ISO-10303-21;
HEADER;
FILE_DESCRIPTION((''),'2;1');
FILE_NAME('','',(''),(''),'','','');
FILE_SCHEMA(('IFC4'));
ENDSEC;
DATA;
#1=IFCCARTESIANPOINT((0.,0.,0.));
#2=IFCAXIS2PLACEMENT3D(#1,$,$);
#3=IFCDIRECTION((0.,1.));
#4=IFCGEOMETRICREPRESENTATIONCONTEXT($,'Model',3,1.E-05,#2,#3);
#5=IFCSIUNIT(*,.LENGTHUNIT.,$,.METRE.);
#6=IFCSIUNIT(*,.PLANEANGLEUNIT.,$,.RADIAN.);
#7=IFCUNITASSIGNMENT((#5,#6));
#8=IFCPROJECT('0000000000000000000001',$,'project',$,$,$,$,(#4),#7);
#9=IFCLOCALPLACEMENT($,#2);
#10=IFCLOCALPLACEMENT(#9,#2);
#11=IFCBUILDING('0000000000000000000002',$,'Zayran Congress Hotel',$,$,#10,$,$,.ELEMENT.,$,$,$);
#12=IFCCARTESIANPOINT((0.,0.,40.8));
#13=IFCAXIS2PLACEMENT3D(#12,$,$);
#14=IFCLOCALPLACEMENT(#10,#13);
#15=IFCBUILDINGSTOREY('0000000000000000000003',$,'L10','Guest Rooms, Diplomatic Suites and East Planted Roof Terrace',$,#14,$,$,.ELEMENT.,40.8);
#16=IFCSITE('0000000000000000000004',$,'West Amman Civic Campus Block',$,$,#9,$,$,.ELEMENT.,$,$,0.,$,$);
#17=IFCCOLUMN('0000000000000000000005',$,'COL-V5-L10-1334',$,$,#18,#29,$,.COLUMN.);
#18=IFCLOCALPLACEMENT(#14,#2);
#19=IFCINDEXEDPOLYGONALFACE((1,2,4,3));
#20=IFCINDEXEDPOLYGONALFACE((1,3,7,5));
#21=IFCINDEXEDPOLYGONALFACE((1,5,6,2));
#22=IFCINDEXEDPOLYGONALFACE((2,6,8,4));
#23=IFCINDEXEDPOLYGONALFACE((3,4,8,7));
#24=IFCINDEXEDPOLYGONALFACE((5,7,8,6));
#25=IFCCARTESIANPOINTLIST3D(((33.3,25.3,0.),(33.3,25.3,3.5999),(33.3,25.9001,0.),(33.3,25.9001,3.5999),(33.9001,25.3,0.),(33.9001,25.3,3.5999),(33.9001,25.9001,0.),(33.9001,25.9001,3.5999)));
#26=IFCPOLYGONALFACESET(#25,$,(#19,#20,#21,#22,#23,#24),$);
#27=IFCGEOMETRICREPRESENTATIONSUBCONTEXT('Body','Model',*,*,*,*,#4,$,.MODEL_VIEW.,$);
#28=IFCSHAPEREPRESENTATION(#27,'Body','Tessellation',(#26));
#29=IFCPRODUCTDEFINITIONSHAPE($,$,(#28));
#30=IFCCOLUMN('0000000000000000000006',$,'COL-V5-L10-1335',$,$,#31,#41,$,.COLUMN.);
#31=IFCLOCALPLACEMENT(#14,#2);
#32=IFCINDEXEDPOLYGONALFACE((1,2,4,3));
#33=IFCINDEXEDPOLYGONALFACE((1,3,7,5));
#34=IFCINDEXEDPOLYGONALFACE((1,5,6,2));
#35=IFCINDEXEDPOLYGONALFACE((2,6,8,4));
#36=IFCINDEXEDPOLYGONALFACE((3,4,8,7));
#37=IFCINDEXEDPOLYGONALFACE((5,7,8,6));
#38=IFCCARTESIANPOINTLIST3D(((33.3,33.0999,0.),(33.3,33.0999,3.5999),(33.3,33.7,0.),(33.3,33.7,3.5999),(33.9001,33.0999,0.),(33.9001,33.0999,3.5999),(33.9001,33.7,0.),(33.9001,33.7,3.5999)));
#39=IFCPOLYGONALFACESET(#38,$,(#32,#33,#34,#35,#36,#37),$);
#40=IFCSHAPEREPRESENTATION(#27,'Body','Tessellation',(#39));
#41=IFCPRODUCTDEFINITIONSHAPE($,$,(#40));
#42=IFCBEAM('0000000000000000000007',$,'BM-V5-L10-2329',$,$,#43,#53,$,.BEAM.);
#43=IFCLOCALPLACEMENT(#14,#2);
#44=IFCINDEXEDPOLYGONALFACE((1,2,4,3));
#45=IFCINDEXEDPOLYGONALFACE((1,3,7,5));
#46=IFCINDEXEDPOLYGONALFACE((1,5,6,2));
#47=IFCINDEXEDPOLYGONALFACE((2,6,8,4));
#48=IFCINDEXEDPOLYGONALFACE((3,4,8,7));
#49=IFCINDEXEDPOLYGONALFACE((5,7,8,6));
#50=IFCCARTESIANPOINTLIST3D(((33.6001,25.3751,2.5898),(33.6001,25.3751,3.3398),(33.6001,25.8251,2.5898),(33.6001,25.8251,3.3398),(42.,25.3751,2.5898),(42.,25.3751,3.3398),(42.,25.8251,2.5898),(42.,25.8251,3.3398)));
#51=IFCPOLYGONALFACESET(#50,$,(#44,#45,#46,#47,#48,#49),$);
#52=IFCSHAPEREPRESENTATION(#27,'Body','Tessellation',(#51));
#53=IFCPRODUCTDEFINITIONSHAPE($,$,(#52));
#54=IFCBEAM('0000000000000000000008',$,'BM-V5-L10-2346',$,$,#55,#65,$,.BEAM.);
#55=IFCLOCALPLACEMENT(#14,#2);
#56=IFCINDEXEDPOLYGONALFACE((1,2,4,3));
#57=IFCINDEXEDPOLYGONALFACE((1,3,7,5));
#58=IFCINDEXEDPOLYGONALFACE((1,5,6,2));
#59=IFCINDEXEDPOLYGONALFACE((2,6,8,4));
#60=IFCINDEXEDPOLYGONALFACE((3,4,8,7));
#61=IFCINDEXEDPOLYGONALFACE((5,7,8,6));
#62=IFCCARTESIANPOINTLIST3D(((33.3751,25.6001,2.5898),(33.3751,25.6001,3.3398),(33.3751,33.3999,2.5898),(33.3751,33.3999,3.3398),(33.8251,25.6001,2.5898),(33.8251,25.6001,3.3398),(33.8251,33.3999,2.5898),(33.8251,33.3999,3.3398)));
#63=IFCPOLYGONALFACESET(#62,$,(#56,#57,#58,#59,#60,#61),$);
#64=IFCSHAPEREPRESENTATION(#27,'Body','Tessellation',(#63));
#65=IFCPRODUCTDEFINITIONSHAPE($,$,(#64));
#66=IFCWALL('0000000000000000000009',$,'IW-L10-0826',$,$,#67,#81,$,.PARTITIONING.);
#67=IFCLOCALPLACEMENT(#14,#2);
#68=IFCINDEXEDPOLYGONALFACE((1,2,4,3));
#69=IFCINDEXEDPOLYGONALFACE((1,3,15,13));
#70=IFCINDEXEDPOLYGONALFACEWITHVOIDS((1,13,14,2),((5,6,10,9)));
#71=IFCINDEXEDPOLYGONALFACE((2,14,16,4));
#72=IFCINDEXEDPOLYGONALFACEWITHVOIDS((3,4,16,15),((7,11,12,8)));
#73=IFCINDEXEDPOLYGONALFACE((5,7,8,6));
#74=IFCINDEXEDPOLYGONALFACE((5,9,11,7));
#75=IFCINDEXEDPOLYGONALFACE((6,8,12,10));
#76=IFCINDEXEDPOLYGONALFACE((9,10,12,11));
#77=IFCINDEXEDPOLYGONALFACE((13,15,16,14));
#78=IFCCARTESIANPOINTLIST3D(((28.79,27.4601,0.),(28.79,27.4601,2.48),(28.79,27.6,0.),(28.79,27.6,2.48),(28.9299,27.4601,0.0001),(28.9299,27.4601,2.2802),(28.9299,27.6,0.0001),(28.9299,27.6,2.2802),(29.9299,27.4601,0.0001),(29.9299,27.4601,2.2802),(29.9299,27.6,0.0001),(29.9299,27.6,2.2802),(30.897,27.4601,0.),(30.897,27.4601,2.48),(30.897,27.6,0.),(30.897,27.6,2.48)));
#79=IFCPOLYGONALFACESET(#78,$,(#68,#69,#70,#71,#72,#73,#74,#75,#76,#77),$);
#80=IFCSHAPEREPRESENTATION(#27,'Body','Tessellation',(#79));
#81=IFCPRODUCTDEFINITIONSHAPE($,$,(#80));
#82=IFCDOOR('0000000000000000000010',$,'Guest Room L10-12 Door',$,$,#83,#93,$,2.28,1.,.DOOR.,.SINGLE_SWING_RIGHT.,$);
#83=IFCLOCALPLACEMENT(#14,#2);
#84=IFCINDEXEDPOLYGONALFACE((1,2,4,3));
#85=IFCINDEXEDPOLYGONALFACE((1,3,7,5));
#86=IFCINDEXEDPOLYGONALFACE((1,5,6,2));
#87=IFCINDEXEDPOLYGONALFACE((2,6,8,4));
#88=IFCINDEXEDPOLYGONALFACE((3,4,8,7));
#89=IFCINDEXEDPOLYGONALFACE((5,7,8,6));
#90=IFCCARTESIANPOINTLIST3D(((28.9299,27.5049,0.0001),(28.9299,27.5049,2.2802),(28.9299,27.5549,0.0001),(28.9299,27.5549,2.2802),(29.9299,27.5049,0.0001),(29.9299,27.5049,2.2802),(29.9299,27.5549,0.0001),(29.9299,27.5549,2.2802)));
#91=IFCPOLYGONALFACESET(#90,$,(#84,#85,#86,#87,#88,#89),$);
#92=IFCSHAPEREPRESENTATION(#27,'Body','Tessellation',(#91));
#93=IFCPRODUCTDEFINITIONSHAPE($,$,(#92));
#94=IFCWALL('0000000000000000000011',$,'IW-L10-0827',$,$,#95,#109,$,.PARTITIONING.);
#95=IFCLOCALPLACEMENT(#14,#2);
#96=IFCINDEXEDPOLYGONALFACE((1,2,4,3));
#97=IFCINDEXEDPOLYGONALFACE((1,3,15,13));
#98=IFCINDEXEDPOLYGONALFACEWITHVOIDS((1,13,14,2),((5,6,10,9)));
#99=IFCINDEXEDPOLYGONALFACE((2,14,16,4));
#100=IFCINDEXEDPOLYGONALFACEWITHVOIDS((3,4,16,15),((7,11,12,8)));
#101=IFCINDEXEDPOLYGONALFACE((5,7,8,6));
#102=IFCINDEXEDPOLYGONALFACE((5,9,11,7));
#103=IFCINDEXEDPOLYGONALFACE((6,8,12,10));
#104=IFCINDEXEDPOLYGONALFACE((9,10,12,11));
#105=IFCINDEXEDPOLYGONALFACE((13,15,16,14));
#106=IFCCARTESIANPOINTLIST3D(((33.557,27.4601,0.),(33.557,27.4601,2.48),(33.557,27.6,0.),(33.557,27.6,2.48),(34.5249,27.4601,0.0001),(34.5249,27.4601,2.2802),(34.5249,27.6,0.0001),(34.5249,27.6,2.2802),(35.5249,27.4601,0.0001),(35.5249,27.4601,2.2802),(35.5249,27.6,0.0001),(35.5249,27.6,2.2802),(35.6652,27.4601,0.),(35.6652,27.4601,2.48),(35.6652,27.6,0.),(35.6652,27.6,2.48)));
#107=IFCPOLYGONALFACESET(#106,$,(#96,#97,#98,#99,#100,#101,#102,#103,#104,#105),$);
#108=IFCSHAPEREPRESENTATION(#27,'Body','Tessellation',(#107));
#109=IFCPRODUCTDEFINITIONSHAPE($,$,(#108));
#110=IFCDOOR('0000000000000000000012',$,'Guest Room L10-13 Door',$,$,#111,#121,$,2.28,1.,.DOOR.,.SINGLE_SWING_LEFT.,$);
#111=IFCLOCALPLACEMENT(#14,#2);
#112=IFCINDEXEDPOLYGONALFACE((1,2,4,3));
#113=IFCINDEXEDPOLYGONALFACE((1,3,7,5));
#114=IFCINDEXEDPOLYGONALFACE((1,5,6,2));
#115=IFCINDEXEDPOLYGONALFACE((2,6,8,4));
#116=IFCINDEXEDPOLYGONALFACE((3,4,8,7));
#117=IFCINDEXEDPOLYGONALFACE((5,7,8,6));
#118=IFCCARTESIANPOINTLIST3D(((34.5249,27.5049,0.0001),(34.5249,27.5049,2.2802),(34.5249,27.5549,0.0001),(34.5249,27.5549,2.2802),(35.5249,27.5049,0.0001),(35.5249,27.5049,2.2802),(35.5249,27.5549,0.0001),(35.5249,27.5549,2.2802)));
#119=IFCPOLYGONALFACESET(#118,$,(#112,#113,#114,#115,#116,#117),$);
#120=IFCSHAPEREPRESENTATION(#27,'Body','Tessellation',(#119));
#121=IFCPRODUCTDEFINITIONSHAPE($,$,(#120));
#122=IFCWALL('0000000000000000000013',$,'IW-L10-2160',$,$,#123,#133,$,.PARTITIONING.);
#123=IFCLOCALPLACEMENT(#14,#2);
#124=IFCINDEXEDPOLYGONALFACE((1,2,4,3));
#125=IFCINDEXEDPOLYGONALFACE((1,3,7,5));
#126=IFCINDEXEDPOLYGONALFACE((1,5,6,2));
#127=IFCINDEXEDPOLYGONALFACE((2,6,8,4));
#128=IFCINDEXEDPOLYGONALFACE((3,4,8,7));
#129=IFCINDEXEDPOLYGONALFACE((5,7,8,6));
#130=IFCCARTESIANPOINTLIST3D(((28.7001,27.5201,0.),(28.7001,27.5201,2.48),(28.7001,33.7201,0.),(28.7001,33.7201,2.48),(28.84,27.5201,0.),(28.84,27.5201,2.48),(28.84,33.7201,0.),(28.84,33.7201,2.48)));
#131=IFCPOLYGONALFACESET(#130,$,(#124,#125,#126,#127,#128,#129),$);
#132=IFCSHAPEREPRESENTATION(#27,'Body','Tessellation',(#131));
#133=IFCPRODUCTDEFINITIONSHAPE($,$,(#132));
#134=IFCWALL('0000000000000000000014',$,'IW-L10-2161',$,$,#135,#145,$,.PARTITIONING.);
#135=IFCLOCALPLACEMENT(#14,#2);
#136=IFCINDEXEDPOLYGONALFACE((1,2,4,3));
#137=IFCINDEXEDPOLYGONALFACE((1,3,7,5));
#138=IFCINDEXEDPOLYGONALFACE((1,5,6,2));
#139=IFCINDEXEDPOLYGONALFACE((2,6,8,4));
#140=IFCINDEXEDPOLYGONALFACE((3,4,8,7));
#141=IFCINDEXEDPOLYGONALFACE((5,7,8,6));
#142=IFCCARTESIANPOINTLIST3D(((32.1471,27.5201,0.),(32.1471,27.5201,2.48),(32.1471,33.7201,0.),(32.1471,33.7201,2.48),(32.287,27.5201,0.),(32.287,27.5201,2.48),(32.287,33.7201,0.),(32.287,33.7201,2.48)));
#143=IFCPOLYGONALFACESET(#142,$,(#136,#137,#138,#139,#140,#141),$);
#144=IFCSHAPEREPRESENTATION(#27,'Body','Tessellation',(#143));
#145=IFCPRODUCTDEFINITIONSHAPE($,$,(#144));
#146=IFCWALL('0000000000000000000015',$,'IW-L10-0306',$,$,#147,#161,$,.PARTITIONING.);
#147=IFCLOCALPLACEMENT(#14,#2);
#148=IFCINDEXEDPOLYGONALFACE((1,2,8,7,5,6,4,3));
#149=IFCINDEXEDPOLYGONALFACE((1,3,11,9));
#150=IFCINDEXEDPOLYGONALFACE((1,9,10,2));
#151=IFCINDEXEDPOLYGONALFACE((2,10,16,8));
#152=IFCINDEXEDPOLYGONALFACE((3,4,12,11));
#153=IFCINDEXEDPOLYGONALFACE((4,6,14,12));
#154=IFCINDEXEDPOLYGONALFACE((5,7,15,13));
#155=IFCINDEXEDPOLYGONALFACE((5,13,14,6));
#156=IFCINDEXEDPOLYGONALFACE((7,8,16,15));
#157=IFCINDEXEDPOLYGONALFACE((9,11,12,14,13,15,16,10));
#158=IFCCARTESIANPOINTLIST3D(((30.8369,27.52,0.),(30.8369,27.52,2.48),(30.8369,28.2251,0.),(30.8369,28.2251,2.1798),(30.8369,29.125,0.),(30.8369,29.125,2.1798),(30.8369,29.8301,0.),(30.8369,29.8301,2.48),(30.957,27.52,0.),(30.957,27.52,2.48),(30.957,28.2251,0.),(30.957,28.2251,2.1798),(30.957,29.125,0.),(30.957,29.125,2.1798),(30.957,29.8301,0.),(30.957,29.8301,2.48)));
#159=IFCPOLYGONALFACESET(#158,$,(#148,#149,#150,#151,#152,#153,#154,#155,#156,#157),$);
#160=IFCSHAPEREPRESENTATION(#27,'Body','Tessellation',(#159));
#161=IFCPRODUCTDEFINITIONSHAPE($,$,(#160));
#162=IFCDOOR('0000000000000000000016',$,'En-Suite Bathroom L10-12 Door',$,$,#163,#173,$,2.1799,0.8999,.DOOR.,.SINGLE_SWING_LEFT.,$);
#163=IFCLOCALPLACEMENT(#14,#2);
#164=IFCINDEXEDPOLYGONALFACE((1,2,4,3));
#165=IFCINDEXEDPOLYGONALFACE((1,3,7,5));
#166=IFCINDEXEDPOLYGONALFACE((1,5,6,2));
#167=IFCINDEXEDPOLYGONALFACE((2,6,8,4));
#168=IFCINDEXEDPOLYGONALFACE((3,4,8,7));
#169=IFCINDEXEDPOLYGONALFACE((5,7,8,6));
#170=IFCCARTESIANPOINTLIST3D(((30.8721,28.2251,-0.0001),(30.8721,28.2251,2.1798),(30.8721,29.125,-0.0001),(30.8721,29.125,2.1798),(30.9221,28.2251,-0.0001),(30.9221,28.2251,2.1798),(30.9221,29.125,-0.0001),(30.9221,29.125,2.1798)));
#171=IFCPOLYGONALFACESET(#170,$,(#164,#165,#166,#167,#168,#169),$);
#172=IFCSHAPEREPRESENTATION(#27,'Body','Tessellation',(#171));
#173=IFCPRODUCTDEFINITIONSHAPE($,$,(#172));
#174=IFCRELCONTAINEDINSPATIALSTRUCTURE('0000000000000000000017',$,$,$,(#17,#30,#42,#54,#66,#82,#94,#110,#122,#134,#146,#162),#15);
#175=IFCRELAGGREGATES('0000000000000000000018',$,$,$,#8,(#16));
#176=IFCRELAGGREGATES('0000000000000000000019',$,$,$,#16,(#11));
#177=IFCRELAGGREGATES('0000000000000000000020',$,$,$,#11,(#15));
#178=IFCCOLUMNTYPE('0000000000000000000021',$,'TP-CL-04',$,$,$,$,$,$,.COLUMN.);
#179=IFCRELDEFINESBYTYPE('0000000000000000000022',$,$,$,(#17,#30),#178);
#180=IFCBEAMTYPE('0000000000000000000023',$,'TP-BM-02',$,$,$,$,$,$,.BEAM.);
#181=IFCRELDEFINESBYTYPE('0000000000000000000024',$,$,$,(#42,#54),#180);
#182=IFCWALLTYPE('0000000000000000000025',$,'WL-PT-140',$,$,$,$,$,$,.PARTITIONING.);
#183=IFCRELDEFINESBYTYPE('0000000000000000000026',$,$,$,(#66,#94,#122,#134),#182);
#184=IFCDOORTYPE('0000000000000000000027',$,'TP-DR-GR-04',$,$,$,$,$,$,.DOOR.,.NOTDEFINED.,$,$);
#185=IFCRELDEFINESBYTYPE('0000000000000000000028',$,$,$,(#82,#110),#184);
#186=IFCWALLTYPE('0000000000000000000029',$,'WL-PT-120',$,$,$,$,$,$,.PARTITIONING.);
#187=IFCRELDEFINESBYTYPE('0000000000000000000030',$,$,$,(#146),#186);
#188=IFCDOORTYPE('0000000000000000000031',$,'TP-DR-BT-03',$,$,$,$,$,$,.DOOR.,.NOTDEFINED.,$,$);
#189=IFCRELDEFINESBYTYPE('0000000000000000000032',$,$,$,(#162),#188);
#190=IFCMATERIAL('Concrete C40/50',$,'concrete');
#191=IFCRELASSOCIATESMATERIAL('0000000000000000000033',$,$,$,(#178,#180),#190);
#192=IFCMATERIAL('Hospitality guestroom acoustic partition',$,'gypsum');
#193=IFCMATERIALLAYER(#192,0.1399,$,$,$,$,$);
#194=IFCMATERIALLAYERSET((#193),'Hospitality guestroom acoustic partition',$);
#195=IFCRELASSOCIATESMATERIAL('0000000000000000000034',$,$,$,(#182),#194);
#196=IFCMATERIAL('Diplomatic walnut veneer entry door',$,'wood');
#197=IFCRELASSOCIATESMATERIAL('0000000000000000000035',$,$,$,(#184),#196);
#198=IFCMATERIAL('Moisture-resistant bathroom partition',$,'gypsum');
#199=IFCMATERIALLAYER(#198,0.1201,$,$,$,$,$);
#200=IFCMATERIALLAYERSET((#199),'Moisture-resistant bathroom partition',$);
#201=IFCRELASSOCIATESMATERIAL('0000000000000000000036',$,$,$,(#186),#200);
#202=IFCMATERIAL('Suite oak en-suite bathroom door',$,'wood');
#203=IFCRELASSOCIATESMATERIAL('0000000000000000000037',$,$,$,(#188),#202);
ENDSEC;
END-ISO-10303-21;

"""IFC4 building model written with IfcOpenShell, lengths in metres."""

from ifc_helpers import new_model, si_unit, direction, frame, frame_2d, origin, origin_2d, place, context, subcontext, project, spatial, rectangle, extrude, material, layer, layer_set, material_profile, profile_set, type_object, element, fill, save


model = new_model("IFC4")

# Units and contexts
model_context = context("Model", 3, precision=1e-05, world=origin(), true_north=direction((0.0, 1.0)))
body_context = subcontext(model_context, "Body", "Model", "MODEL_VIEW")
ifc_project = project(units=[si_unit("LENGTHUNIT", "METRE"), si_unit("PLANEANGLEUNIT", "RADIAN")], contexts=[model_context])

# Site, building, storey
site_placement = place(None, origin())
site = spatial("IfcSite", under=ifc_project, at=site_placement, Name="West Amman Civic Campus Block", CompositionType="ELEMENT", RefElevation=0.0)
building_placement = place(site_placement, origin())
building = spatial("IfcBuilding", under=site, at=building_placement, Name="Zayran Congress Hotel", CompositionType="ELEMENT")
storey_placement = place(building_placement, frame((0.0, 0.0, 40.8)))
storey = spatial("IfcBuildingStorey", under=building, at=storey_placement, Name="L10", Description="Guest Rooms, Diplomatic Suites and East Planted Roof Terrace", CompositionType="ELEMENT", Elevation=40.8)

# Columns
ifc_material_1 = material(Name="Concrete C40/50", Category="concrete")
ifc_material_profile_1 = material_profile(ifc_material_1, rectangle(XDim=0.6001, YDim=0.6001, at=origin_2d()), Name="RC 600x600")
ifc_profile_set_1 = profile_set([ifc_material_profile_1], Name="Concrete C40/50")
column_type = type_object("IfcColumnType", Name="TP-CL-04", PredefinedType="COLUMN", material=ifc_profile_set_1)
for number, where, z_axis, x_axis, name in (
    (1, (33.6001, 25.6001, 0.0), (0.0, 0.0, 1.0), (1.0, 0.0, 0.0), "COL-V5-L10-1334"),
    (2, (33.6001, 33.3999, 0.0), (0.0, 0.0, 1.0), (1.0, 0.0, 0.0), "COL-V5-L10-1335"),
):
    element("IfcColumn", number, at=place(storey_placement, frame(where, z_axis=z_axis, x_axis=x_axis)), inside=storey, type_object=column_type, Name=name, PredefinedType="COLUMN", context=body_context, shape_type="SweptSolid", body=[
        extrude(rectangle(XDim=0.6001, YDim=0.6001, at=origin_2d()), origin(), (0.0, 0.0, 1.0), 3.5999),
    ])

# Beams
ifc_material_profile_2 = material_profile(ifc_material_1, rectangle(XDim=0.45, YDim=0.75, at=origin_2d()), Name="RC 450x750")
ifc_profile_set_2 = profile_set([ifc_material_profile_2], Name="Concrete C40/50")
beam_type = type_object("IfcBeamType", Name="TP-BM-02", PredefinedType="BEAM", material=ifc_profile_set_2)
beam_1_placement = place(storey_placement, frame((33.6001, 25.6001, 2.9648), z_axis=(1.0, 0.0, 0.0), x_axis=(0.0, 1.0, 0.0)))
element("IfcBeam", 3, at=beam_1_placement, inside=storey, type_object=beam_type, Name="BM-V5-L10-2329", PredefinedType="BEAM", context=body_context, shape_type="SweptSolid", body=[
    extrude(rectangle(XDim=0.45, YDim=0.75, at=origin_2d()), origin(), (0.0, 0.0, 1.0), 8.3999),
])
beam_2_placement = place(storey_placement, frame((33.6001, 25.6001, 2.9648), z_axis=(0.0, 1.0, 0.0), x_axis=(-1.0, 0.0, 0.0)))
element("IfcBeam", 4, at=beam_2_placement, inside=storey, type_object=beam_type, Name="BM-V5-L10-2346", PredefinedType="BEAM", context=body_context, shape_type="SweptSolid", body=[
    extrude(rectangle(XDim=0.45, YDim=0.75, at=origin_2d()), origin(), (0.0, 0.0, 1.0), 7.7998),
])

# Walls, openings, doors
ifc_material_2 = material(Name="Hospitality guestroom acoustic partition", Category="gypsum")
ifc_layer_1 = layer(ifc_material_2, 0.1399)
ifc_layer_set_1 = layer_set([ifc_layer_1], Name="Hospitality guestroom acoustic partition")
wall_type_1 = type_object("IfcWallType", Name="WL-PT-140", PredefinedType="PARTITIONING", material=ifc_layer_set_1)
wall_1_placement = place(storey_placement, frame((28.79, 27.53, 0.0), z_axis=(0.0, 0.0, 1.0), x_axis=(1.0, 0.0, 0.0)))
wall_1 = element("IfcWall", 5, at=wall_1_placement, inside=storey, type_object=wall_type_1, Name="IW-L10-0826", PredefinedType="PARTITIONING", context=body_context, shape_type="SweptSolid", body=[
    extrude(rectangle(XDim=2.1069, YDim=0.1399, at=frame_2d((1.0535, 0.0))), origin(), (0.0, 0.0, 1.0), 2.48),
])
opening_1_placement = place(wall_1_placement, frame((0.1399, 0.0, 0.0)))
opening_1 = element("IfcOpeningElement", 6, at=opening_1_placement, cuts=wall_1, PredefinedType="OPENING", context=body_context, shape_type="SweptSolid", body=[
    extrude(rectangle(XDim=1.0, YDim=2.28, at=frame_2d((0.5, 1.1401))), frame((0.0, 0.0798, 0.0), z_axis=(0.0, -1.0, 0.0), x_axis=(1.0, 0.0, 0.0)), (0.0, 0.0, 1.0), 0.1599),
])
ifc_material_3 = material(Name="Diplomatic walnut veneer entry door", Category="wood")
door_type_1 = type_object("IfcDoorType", Name="TP-DR-GR-04", OperationType="NOTDEFINED", PredefinedType="DOOR", material=ifc_material_3)
door_1_placement = place(opening_1_placement, origin())
door_1 = element("IfcDoor", 7, at=door_1_placement, inside=storey, type_object=door_type_1, Name="Guest Room L10-12 Door", OperationType="SINGLE_SWING_RIGHT", OverallHeight=2.28, OverallWidth=1.0, PredefinedType="DOOR", context=body_context, shape_type="SweptSolid", body=[
    extrude(rectangle(XDim=1.0, YDim=2.28, at=frame_2d((0.5, 1.1401))), frame((0.0, 0.0249, 0.0), z_axis=(0.0, -1.0, 0.0), x_axis=(1.0, 0.0, 0.0)), (0.0, 0.0, 1.0), 0.05),
])
fill(opening_1, door_1)
wall_2_placement = place(storey_placement, frame((33.5569, 27.53, 0.0), z_axis=(0.0, 0.0, 1.0), x_axis=(1.0, 0.0, 0.0)))
wall_2 = element("IfcWall", 8, at=wall_2_placement, inside=storey, type_object=wall_type_1, Name="IW-L10-0827", PredefinedType="PARTITIONING", context=body_context, shape_type="SweptSolid", body=[
    extrude(rectangle(XDim=2.1082, YDim=0.1399, at=frame_2d((1.0542, 0.0))), origin(), (0.0, 0.0, 1.0), 2.48),
])
opening_2_placement = place(wall_2_placement, frame((0.968, 0.0, 0.0)))
opening_2 = element("IfcOpeningElement", 9, at=opening_2_placement, cuts=wall_2, PredefinedType="OPENING", context=body_context, shape_type="SweptSolid", body=[
    extrude(rectangle(XDim=1.0, YDim=2.28, at=frame_2d((0.5, 1.1401))), frame((0.0, 0.0798, 0.0), z_axis=(0.0, -1.0, 0.0), x_axis=(1.0, 0.0, 0.0)), (0.0, 0.0, 1.0), 0.1599),
])
door_2_placement = place(opening_2_placement, origin())
door_2 = element("IfcDoor", 10, at=door_2_placement, inside=storey, type_object=door_type_1, Name="Guest Room L10-13 Door", OperationType="SINGLE_SWING_LEFT", OverallHeight=2.28, OverallWidth=1.0, PredefinedType="DOOR", context=body_context, shape_type="SweptSolid", body=[
    extrude(rectangle(XDim=1.0, YDim=2.28, at=frame_2d((0.5, 1.1401))), frame((0.0, 0.0249, 0.0), z_axis=(0.0, -1.0, 0.0), x_axis=(1.0, 0.0, 0.0)), (0.0, 0.0, 1.0), 0.05),
])
fill(opening_2, door_2)

# Walls
for number, where, z_axis, x_axis, name in (
    (11, (28.77, 27.52, 0.0), (0.0, 0.0, 1.0), (0.0, 1.0, 0.0), "IW-L10-2160"),
    (12, (32.217, 27.52, 0.0), (0.0, 0.0, 1.0), (0.0, 1.0, 0.0), "IW-L10-2161"),
):
    element("IfcWall", number, at=place(storey_placement, frame(where, z_axis=z_axis, x_axis=x_axis)), inside=storey, type_object=wall_type_1, Name=name, PredefinedType="PARTITIONING", context=body_context, shape_type="SweptSolid", body=[
        extrude(rectangle(XDim=6.2, YDim=0.1399, at=frame_2d((3.1001, 0.0))), origin(), (0.0, 0.0, 1.0), 2.48),
    ])

# Wall, opening, door
ifc_material_4 = material(Name="Moisture-resistant bathroom partition", Category="gypsum")
ifc_layer_2 = layer(ifc_material_4, 0.1201)
ifc_layer_set_2 = layer_set([ifc_layer_2], Name="Moisture-resistant bathroom partition")
wall_type_2 = type_object("IfcWallType", Name="WL-PT-120", PredefinedType="PARTITIONING", material=ifc_layer_set_2)
wall_3_placement = place(storey_placement, frame((30.897, 27.52, 0.0), z_axis=(0.0, 0.0, 1.0), x_axis=(0.0, 1.0, 0.0)))
wall_3 = element("IfcWall", 13, at=wall_3_placement, inside=storey, type_object=wall_type_2, Name="IW-L10-0306", PredefinedType="PARTITIONING", context=body_context, shape_type="SweptSolid", body=[
    extrude(rectangle(XDim=2.3101, YDim=0.1201, at=frame_2d((1.155, 0.0))), origin(), (0.0, 0.0, 1.0), 2.48),
])
opening_3_placement = place(wall_3_placement, frame((0.7051, 0.0, 0.0)))
opening_3 = element("IfcOpeningElement", 14, at=opening_3_placement, cuts=wall_3, PredefinedType="OPENING", context=body_context, shape_type="SweptSolid", body=[
    extrude(rectangle(XDim=0.8999, YDim=2.1799, at=frame_2d((0.45, 1.0898))), frame((0.0, 0.0701, 0.0), z_axis=(0.0, -1.0, 0.0), x_axis=(1.0, 0.0, 0.0)), (0.0, 0.0, 1.0), 0.1401),
])
ifc_material_5 = material(Name="Suite oak en-suite bathroom door", Category="wood")
door_type_2 = type_object("IfcDoorType", Name="TP-DR-BT-03", OperationType="NOTDEFINED", PredefinedType="DOOR", material=ifc_material_5)
door_3_placement = place(opening_3_placement, origin())
door_3 = element("IfcDoor", 15, at=door_3_placement, inside=storey, type_object=door_type_2, Name="En-Suite Bathroom L10-12 Door", OperationType="SINGLE_SWING_LEFT", OverallHeight=2.1799, OverallWidth=0.8999, PredefinedType="DOOR", context=body_context, shape_type="SweptSolid", body=[
    extrude(rectangle(XDim=0.8999, YDim=2.1799, at=frame_2d((0.45, 1.0898))), frame((0.0, 0.0249, 0.0), z_axis=(0.0, -1.0, 0.0), x_axis=(1.0, 0.0, 0.0)), (0.0, 0.0, 1.0), 0.05),
])
fill(opening_3, door_3)

save(model, "model.ifc")
